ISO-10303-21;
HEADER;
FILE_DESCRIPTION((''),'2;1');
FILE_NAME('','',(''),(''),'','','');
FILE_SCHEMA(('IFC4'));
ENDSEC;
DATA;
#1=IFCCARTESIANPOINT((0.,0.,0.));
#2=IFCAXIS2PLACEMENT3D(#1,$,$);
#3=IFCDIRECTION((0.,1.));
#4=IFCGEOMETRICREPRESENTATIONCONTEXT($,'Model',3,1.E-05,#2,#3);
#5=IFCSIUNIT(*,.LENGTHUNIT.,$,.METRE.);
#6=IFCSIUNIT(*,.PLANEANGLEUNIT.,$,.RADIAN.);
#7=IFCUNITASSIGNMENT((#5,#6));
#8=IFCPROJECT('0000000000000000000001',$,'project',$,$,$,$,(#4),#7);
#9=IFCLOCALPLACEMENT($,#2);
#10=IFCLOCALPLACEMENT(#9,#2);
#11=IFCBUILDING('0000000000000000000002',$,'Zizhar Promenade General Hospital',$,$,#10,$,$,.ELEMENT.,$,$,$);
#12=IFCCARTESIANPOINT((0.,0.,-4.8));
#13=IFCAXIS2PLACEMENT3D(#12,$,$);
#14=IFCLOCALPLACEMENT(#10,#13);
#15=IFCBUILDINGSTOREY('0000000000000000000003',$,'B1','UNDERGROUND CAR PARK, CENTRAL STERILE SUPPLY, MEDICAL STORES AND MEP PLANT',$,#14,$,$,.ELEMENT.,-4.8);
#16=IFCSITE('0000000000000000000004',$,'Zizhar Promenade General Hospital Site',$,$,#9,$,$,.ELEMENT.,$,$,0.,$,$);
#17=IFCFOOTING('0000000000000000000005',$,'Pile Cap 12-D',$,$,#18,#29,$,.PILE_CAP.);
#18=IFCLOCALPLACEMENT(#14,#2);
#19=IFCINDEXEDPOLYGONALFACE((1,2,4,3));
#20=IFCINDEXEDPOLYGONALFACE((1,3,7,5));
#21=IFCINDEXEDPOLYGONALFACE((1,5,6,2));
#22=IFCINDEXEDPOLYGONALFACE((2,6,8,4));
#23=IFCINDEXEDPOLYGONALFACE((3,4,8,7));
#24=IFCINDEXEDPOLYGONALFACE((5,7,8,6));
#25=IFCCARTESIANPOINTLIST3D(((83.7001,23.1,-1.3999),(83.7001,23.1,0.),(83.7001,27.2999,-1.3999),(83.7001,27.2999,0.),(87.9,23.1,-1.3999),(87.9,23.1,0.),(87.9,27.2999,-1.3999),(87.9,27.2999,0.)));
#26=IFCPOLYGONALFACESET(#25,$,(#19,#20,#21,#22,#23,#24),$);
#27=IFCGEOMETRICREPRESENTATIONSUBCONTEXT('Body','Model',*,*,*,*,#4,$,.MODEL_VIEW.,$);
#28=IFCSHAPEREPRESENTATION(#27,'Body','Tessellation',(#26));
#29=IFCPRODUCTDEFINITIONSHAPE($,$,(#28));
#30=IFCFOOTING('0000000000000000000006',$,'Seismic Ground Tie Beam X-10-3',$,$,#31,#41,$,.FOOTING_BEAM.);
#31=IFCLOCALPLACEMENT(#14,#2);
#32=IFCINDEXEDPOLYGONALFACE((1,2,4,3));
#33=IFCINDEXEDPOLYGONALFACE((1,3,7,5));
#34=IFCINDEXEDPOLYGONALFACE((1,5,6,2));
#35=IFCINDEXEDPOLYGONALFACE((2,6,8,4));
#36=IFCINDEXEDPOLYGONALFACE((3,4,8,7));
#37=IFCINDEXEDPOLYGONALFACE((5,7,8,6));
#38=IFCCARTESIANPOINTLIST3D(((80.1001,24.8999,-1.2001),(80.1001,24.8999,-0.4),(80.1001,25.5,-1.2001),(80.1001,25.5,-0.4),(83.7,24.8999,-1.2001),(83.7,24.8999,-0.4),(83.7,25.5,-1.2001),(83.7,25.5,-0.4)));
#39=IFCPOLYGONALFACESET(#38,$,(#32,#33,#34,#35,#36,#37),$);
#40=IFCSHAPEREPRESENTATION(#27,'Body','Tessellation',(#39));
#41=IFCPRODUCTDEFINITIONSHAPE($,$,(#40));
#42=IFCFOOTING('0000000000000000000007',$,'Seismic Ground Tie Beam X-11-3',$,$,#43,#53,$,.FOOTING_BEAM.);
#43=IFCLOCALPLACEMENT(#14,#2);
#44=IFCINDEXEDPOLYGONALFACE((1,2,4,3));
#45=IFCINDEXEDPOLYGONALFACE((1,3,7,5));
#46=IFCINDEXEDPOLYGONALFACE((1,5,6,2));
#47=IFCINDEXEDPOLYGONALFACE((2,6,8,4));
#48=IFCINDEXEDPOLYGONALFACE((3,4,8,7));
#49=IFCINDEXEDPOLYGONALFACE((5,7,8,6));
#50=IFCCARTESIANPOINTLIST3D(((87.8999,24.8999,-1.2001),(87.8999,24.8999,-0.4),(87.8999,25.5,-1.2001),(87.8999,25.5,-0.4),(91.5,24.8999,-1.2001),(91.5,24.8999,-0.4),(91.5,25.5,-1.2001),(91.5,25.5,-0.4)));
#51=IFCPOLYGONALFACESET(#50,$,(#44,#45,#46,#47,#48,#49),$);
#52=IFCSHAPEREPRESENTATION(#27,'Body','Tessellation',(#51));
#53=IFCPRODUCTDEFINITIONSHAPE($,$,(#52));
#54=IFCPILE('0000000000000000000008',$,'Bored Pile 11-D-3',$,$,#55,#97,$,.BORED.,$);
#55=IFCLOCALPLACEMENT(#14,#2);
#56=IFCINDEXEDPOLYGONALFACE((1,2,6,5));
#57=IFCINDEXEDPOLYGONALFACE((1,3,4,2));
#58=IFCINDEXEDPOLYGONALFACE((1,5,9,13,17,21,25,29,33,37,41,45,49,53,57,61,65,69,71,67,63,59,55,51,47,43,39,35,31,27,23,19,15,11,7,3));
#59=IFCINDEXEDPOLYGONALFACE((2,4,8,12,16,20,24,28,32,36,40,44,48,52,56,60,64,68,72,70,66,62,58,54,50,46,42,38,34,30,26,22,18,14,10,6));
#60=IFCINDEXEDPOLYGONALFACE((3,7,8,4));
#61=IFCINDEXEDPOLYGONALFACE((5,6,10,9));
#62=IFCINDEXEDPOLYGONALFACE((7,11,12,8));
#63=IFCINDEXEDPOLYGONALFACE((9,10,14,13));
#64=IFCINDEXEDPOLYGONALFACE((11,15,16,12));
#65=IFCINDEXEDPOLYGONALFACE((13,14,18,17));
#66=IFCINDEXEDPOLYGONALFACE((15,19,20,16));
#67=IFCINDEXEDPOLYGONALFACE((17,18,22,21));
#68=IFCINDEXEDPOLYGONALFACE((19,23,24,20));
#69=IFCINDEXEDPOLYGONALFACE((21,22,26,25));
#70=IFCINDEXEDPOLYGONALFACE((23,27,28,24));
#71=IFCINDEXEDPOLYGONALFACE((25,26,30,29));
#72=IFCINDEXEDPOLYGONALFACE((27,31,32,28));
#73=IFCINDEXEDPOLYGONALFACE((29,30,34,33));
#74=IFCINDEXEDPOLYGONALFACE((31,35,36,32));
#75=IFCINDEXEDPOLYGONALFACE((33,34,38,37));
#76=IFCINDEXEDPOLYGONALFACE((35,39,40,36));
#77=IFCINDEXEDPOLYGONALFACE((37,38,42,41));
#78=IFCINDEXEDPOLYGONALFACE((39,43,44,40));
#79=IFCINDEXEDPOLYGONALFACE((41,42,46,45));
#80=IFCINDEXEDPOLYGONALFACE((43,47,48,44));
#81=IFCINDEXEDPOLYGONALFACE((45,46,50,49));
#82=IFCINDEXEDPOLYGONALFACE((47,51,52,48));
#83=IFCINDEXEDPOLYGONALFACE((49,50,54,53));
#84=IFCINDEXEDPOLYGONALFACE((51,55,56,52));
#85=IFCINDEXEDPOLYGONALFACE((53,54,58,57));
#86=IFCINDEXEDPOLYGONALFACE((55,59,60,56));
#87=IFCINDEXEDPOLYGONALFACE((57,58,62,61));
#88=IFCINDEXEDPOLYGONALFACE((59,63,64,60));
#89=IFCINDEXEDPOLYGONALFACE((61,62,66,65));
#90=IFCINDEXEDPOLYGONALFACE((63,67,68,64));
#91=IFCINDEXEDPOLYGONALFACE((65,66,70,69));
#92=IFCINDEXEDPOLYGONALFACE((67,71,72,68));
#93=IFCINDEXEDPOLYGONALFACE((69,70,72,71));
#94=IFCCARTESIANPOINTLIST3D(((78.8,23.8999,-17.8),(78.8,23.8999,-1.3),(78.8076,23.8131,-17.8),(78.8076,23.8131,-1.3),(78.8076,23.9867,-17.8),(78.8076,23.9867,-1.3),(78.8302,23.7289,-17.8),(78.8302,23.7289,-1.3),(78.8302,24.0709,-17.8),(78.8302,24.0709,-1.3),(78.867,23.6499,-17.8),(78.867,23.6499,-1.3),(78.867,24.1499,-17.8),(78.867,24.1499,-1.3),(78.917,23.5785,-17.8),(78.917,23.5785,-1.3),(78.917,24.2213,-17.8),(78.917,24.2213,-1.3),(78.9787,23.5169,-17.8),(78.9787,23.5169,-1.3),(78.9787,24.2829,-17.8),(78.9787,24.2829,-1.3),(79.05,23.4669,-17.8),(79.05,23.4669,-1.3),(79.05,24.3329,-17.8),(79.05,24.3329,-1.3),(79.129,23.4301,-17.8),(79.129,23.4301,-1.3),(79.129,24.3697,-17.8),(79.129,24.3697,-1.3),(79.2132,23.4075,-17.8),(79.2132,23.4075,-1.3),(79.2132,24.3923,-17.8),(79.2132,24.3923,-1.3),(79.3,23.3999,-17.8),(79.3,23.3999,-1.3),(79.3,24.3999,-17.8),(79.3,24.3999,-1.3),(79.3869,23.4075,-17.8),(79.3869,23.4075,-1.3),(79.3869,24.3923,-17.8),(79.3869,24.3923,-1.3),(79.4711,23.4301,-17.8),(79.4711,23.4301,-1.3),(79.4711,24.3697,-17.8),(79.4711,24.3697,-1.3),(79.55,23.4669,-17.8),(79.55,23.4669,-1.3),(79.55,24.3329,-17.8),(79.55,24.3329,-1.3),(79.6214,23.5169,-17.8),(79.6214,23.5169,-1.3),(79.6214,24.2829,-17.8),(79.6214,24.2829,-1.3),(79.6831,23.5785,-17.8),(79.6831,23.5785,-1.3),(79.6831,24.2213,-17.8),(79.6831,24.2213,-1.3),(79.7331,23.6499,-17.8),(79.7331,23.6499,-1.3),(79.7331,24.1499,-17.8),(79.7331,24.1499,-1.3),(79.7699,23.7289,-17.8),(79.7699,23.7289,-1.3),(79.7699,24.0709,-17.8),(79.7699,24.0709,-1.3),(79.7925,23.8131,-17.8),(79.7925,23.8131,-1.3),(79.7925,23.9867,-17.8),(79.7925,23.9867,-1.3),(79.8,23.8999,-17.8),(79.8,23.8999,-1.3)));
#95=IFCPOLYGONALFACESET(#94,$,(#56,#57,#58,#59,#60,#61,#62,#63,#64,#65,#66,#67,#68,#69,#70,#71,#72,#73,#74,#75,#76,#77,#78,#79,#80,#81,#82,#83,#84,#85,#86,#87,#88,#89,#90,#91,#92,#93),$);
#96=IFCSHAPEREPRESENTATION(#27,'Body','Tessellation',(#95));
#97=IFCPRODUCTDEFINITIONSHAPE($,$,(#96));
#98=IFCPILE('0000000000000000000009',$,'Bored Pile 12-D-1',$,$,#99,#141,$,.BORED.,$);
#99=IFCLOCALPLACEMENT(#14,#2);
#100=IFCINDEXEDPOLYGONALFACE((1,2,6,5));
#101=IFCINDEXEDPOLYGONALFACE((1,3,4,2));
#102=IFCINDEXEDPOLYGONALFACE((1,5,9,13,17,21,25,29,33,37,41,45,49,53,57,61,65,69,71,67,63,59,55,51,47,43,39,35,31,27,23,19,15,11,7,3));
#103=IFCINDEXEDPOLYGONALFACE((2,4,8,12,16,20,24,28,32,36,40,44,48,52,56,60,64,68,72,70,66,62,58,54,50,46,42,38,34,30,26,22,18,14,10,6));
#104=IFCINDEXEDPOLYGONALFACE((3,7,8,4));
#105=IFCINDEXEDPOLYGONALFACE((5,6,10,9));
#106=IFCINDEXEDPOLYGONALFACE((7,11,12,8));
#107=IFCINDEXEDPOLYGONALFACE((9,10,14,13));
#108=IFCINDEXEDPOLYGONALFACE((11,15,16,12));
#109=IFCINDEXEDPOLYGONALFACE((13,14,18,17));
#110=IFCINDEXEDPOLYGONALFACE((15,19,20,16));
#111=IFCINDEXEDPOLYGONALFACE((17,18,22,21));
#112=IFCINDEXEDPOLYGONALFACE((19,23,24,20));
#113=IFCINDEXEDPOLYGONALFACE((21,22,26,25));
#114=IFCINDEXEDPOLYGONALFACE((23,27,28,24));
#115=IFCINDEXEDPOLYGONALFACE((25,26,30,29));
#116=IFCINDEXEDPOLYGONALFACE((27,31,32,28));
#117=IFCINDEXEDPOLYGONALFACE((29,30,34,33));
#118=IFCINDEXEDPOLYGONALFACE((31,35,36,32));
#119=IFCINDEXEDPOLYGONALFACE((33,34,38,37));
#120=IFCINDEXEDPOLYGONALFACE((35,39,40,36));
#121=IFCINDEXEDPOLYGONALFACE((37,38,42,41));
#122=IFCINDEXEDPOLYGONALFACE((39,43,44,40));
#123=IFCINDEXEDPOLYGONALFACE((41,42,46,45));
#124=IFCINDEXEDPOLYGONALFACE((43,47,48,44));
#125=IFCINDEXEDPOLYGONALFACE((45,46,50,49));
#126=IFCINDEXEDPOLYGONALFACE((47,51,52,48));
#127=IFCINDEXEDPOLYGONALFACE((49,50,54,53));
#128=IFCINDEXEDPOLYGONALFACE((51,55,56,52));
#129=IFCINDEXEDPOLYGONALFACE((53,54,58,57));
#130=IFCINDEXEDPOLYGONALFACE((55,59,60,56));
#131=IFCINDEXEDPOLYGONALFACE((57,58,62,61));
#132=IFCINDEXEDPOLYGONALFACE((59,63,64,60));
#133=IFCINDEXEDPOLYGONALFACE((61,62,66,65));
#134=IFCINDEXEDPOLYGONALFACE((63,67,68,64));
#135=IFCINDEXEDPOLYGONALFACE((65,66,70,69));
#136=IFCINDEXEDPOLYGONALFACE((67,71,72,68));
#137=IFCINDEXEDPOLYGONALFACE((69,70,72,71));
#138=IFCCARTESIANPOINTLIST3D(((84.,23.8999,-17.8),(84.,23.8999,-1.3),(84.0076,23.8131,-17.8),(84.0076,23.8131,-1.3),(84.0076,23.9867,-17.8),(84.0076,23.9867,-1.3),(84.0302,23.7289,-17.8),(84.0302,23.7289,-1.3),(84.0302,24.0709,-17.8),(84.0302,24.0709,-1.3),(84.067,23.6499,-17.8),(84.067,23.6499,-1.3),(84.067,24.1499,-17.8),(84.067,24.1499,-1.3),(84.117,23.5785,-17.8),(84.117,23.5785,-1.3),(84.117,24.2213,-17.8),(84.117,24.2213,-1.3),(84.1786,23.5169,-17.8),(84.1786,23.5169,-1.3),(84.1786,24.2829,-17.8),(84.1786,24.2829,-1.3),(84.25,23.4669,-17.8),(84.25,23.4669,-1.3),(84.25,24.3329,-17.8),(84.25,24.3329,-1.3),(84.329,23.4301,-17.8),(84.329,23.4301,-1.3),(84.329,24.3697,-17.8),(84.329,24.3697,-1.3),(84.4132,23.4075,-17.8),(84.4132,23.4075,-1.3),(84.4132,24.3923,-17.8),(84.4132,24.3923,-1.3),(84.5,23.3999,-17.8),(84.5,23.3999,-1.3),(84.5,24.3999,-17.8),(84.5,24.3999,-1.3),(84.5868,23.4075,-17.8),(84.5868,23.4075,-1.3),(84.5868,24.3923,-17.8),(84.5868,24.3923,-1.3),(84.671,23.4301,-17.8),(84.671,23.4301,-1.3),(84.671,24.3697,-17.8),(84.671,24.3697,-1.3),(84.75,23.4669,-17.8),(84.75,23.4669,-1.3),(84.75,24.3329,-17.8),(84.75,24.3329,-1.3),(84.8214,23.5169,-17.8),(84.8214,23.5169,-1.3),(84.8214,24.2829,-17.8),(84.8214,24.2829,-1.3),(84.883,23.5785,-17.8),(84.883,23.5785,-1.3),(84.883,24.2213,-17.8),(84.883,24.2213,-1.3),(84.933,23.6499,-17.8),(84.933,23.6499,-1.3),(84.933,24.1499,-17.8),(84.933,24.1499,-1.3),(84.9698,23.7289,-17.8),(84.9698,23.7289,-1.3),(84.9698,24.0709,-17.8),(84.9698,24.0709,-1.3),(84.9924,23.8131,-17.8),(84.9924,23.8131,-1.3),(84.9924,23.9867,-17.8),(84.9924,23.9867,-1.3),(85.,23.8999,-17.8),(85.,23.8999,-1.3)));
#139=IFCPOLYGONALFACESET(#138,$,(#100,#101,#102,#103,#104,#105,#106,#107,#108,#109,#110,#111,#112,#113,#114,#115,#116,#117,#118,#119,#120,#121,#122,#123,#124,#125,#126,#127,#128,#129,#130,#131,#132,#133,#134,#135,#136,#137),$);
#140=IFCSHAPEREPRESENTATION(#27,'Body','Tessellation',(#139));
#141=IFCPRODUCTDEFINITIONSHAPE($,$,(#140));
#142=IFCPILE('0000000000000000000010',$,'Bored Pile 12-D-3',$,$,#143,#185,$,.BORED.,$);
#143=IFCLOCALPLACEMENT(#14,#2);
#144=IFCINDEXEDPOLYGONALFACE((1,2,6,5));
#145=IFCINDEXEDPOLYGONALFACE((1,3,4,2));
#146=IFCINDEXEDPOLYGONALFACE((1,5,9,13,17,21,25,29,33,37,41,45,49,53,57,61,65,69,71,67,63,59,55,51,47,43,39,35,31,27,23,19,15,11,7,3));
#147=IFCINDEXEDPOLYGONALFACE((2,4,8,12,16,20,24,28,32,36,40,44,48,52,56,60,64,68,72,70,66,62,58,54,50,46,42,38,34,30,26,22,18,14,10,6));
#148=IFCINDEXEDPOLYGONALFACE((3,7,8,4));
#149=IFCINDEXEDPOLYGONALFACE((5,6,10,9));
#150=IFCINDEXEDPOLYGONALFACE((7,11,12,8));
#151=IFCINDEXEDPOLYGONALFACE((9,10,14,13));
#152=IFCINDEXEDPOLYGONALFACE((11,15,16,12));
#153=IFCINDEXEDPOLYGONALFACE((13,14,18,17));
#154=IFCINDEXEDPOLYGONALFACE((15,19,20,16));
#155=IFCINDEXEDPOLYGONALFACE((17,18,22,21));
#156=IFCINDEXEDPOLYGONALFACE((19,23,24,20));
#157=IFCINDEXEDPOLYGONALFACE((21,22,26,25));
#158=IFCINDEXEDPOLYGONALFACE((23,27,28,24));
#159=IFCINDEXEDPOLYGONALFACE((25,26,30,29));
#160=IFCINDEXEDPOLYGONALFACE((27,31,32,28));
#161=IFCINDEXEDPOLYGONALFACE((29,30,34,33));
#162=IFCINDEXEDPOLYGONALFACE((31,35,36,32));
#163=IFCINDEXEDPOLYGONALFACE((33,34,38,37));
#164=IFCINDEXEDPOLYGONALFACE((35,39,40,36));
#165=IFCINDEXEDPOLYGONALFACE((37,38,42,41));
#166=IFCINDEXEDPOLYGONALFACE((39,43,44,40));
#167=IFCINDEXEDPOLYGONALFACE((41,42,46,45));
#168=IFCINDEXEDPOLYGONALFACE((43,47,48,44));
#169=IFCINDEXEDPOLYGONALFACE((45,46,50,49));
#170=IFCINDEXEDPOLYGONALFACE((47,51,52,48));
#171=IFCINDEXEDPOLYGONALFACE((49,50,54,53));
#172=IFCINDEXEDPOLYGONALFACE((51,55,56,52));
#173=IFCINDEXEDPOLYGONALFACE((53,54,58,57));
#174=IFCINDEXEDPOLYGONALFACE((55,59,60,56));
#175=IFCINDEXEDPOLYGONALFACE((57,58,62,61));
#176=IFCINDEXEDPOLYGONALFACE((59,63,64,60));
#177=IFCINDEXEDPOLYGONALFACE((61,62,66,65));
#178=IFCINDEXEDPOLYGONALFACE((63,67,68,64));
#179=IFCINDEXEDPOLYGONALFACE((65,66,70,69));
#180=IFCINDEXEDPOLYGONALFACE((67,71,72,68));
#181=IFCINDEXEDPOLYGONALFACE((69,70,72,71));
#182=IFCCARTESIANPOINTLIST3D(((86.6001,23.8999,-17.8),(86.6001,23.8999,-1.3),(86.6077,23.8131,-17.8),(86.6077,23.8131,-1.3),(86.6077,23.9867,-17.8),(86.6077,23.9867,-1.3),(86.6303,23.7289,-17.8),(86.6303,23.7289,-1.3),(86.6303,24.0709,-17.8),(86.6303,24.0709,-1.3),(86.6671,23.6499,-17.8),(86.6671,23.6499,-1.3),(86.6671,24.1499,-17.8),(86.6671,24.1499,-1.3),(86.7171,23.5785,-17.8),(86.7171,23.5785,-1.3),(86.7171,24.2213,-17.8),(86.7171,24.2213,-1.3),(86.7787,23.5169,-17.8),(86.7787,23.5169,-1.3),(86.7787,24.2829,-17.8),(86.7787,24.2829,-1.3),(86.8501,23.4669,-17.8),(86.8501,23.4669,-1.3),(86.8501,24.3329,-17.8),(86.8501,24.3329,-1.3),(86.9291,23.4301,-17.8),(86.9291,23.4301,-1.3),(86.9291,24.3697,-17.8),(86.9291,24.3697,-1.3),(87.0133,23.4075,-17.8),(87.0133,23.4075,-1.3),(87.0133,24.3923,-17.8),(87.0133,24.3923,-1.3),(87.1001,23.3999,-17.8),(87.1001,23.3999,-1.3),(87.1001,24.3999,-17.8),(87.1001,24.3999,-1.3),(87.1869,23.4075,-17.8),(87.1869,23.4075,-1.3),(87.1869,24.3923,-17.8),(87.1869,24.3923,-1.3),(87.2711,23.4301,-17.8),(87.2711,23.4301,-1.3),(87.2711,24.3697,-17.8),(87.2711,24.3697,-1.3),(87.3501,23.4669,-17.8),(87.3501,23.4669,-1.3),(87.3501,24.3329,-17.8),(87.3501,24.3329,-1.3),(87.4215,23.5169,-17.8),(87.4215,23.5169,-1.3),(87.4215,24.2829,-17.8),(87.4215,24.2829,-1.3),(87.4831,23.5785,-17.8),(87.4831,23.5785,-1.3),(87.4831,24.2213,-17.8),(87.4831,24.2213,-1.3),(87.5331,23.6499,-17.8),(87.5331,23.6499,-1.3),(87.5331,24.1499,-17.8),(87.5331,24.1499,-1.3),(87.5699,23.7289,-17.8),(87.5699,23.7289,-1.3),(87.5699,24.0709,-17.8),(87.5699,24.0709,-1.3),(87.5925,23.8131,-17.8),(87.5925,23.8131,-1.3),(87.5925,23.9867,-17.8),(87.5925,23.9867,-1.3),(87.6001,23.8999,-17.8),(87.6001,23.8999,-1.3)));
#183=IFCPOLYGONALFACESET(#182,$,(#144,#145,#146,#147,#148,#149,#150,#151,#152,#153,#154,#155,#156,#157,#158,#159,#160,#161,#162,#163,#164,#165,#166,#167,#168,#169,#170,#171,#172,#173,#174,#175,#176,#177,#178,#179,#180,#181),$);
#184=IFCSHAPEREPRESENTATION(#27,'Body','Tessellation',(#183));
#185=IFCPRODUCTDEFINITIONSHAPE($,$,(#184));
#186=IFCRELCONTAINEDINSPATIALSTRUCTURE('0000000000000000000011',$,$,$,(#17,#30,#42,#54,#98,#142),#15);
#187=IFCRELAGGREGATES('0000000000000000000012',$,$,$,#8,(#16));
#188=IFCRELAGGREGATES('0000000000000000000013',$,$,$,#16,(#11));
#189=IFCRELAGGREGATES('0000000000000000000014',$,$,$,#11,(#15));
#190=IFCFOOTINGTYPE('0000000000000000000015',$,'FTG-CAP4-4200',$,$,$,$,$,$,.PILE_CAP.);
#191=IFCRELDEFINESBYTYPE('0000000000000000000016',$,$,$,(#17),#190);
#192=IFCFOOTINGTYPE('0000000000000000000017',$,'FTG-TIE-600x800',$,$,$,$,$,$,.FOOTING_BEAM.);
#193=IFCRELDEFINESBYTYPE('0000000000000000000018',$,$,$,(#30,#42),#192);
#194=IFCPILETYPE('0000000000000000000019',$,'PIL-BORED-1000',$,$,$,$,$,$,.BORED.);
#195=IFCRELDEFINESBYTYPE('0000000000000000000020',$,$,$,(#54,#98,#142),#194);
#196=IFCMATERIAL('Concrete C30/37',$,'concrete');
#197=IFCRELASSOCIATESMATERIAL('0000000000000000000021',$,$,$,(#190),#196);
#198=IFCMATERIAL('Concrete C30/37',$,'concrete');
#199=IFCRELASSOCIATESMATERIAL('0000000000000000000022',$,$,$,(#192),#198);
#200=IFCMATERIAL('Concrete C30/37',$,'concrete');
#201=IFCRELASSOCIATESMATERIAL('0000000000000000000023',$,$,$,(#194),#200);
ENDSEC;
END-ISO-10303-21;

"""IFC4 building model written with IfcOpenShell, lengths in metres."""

from ifc_helpers import new_model, si_unit, direction, frame, origin, origin_2d, place, context, subcontext, project, spatial, rectangle, circle, extrude, material, material_profile, profile_set, type_object, element, save


model = new_model("IFC4")

# Units and contexts
model_context = context("Model", 3, precision=1e-05, world=origin(), true_north=direction((0.0, 1.0)))
body_context = subcontext(model_context, "Body", "Model", "MODEL_VIEW")
ifc_project = project(units=[si_unit("LENGTHUNIT", "METRE"), si_unit("PLANEANGLEUNIT", "RADIAN")], contexts=[model_context])

# Site, building, storey
site_placement = place(None, origin())
site = spatial("IfcSite", under=ifc_project, at=site_placement, Name="Zizhar Promenade General Hospital Site", CompositionType="ELEMENT", RefElevation=0.0)
building_placement = place(site_placement, origin())
building = spatial("IfcBuilding", under=site, at=building_placement, Name="Zizhar Promenade General Hospital", CompositionType="ELEMENT")
storey_placement = place(building_placement, frame((0.0, 0.0, -4.8)))
storey = spatial("IfcBuildingStorey", under=building, at=storey_placement, Name="B1", Description="UNDERGROUND CAR PARK, CENTRAL STERILE SUPPLY, MEDICAL STORES AND MEP PLANT", CompositionType="ELEMENT", Elevation=-4.8)

# Footings
ifc_material_1 = material(Name="Concrete C30/37", Category="concrete")
footing_type_1 = type_object("IfcFootingType", Name="FTG-CAP4-4200", PredefinedType="PILE_CAP", material=ifc_material_1)
footing_1_placement = place(storey_placement, frame((85.8, 25.2, -1.3999), z_axis=(0.0, 0.0, 1.0), x_axis=(1.0, 0.0, 0.0)))
element("IfcFooting", 1, at=footing_1_placement, inside=storey, type_object=footing_type_1, Name="Pile Cap 12-D", PredefinedType="PILE_CAP", context=body_context, shape_type="SweptSolid", body=[
    extrude(rectangle(XDim=4.2, YDim=4.2, at=origin_2d()), origin(), (0.0, 0.0, 1.0), 1.3999),
])
ifc_material_2 = material(Name="Concrete C30/37", Category="concrete")
ifc_material_profile_1 = material_profile(ifc_material_2, rectangle(XDim=0.6001, YDim=0.8, at=origin_2d()))
ifc_profile_set_1 = profile_set([ifc_material_profile_1], Name="Concrete C30/37")
footing_type_2 = type_object("IfcFootingType", Name="FTG-TIE-600x800", PredefinedType="FOOTING_BEAM", material=ifc_profile_set_1)
footing_2_placement = place(storey_placement, frame((80.1001, 25.2, -0.8), z_axis=(1.0, 0.0, 0.0), x_axis=(0.0, 1.0, 0.0)))
element("IfcFooting", 2, at=footing_2_placement, inside=storey, type_object=footing_type_2, Name="Seismic Ground Tie Beam X-10-3", PredefinedType="FOOTING_BEAM", context=body_context, shape_type="SweptSolid", body=[
    extrude(rectangle(XDim=0.6001, YDim=0.8, at=origin_2d()), origin(), (0.0, 0.0, 1.0), 3.5999),
])
footing_3_placement = place(storey_placement, frame((87.8999, 25.2, -0.8), z_axis=(1.0, 0.0, 0.0), x_axis=(0.0, 1.0, 0.0)))
element("IfcFooting", 3, at=footing_3_placement, inside=storey, type_object=footing_type_2, Name="Seismic Ground Tie Beam X-11-3", PredefinedType="FOOTING_BEAM", context=body_context, shape_type="SweptSolid", body=[
    extrude(rectangle(XDim=0.6001, YDim=0.8, at=origin_2d()), origin(), (0.0, 0.0, 1.0), 3.6001),
])

# Piles
ifc_material_3 = material(Name="Concrete C30/37", Category="concrete")
ifc_material_profile_2 = material_profile(ifc_material_3, circle(Radius=0.5, at=origin_2d()))
ifc_profile_set_2 = profile_set([ifc_material_profile_2], Name="Concrete C30/37")
pile_type_1 = type_object("IfcPileType", Name="PIL-BORED-1000", PredefinedType="BORED", material=ifc_profile_set_2)
for number, where, z_axis, x_axis, name in (
    (4, (79.3, 23.8999, -1.3), (0.0, 0.0, -1.0), (1.0, 0.0, 0.0), "Bored Pile 11-D-3"),
    (5, (84.5, 23.8999, -1.3), (0.0, 0.0, -1.0), (1.0, 0.0, 0.0), "Bored Pile 12-D-1"),
    (6, (87.1001, 23.8999, -1.3), (0.0, 0.0, -1.0), (1.0, 0.0, 0.0), "Bored Pile 12-D-3"),
):
    element("IfcPile", number, at=place(storey_placement, frame(where, z_axis=z_axis, x_axis=x_axis)), inside=storey, type_object=pile_type_1, Name=name, PredefinedType="BORED", context=body_context, shape_type="SweptSolid", body=[
        extrude(circle(Radius=0.5, at=origin_2d()), origin(), (0.0, 0.0, 1.0), 16.5),
    ])

save(model, "model.ifc")
